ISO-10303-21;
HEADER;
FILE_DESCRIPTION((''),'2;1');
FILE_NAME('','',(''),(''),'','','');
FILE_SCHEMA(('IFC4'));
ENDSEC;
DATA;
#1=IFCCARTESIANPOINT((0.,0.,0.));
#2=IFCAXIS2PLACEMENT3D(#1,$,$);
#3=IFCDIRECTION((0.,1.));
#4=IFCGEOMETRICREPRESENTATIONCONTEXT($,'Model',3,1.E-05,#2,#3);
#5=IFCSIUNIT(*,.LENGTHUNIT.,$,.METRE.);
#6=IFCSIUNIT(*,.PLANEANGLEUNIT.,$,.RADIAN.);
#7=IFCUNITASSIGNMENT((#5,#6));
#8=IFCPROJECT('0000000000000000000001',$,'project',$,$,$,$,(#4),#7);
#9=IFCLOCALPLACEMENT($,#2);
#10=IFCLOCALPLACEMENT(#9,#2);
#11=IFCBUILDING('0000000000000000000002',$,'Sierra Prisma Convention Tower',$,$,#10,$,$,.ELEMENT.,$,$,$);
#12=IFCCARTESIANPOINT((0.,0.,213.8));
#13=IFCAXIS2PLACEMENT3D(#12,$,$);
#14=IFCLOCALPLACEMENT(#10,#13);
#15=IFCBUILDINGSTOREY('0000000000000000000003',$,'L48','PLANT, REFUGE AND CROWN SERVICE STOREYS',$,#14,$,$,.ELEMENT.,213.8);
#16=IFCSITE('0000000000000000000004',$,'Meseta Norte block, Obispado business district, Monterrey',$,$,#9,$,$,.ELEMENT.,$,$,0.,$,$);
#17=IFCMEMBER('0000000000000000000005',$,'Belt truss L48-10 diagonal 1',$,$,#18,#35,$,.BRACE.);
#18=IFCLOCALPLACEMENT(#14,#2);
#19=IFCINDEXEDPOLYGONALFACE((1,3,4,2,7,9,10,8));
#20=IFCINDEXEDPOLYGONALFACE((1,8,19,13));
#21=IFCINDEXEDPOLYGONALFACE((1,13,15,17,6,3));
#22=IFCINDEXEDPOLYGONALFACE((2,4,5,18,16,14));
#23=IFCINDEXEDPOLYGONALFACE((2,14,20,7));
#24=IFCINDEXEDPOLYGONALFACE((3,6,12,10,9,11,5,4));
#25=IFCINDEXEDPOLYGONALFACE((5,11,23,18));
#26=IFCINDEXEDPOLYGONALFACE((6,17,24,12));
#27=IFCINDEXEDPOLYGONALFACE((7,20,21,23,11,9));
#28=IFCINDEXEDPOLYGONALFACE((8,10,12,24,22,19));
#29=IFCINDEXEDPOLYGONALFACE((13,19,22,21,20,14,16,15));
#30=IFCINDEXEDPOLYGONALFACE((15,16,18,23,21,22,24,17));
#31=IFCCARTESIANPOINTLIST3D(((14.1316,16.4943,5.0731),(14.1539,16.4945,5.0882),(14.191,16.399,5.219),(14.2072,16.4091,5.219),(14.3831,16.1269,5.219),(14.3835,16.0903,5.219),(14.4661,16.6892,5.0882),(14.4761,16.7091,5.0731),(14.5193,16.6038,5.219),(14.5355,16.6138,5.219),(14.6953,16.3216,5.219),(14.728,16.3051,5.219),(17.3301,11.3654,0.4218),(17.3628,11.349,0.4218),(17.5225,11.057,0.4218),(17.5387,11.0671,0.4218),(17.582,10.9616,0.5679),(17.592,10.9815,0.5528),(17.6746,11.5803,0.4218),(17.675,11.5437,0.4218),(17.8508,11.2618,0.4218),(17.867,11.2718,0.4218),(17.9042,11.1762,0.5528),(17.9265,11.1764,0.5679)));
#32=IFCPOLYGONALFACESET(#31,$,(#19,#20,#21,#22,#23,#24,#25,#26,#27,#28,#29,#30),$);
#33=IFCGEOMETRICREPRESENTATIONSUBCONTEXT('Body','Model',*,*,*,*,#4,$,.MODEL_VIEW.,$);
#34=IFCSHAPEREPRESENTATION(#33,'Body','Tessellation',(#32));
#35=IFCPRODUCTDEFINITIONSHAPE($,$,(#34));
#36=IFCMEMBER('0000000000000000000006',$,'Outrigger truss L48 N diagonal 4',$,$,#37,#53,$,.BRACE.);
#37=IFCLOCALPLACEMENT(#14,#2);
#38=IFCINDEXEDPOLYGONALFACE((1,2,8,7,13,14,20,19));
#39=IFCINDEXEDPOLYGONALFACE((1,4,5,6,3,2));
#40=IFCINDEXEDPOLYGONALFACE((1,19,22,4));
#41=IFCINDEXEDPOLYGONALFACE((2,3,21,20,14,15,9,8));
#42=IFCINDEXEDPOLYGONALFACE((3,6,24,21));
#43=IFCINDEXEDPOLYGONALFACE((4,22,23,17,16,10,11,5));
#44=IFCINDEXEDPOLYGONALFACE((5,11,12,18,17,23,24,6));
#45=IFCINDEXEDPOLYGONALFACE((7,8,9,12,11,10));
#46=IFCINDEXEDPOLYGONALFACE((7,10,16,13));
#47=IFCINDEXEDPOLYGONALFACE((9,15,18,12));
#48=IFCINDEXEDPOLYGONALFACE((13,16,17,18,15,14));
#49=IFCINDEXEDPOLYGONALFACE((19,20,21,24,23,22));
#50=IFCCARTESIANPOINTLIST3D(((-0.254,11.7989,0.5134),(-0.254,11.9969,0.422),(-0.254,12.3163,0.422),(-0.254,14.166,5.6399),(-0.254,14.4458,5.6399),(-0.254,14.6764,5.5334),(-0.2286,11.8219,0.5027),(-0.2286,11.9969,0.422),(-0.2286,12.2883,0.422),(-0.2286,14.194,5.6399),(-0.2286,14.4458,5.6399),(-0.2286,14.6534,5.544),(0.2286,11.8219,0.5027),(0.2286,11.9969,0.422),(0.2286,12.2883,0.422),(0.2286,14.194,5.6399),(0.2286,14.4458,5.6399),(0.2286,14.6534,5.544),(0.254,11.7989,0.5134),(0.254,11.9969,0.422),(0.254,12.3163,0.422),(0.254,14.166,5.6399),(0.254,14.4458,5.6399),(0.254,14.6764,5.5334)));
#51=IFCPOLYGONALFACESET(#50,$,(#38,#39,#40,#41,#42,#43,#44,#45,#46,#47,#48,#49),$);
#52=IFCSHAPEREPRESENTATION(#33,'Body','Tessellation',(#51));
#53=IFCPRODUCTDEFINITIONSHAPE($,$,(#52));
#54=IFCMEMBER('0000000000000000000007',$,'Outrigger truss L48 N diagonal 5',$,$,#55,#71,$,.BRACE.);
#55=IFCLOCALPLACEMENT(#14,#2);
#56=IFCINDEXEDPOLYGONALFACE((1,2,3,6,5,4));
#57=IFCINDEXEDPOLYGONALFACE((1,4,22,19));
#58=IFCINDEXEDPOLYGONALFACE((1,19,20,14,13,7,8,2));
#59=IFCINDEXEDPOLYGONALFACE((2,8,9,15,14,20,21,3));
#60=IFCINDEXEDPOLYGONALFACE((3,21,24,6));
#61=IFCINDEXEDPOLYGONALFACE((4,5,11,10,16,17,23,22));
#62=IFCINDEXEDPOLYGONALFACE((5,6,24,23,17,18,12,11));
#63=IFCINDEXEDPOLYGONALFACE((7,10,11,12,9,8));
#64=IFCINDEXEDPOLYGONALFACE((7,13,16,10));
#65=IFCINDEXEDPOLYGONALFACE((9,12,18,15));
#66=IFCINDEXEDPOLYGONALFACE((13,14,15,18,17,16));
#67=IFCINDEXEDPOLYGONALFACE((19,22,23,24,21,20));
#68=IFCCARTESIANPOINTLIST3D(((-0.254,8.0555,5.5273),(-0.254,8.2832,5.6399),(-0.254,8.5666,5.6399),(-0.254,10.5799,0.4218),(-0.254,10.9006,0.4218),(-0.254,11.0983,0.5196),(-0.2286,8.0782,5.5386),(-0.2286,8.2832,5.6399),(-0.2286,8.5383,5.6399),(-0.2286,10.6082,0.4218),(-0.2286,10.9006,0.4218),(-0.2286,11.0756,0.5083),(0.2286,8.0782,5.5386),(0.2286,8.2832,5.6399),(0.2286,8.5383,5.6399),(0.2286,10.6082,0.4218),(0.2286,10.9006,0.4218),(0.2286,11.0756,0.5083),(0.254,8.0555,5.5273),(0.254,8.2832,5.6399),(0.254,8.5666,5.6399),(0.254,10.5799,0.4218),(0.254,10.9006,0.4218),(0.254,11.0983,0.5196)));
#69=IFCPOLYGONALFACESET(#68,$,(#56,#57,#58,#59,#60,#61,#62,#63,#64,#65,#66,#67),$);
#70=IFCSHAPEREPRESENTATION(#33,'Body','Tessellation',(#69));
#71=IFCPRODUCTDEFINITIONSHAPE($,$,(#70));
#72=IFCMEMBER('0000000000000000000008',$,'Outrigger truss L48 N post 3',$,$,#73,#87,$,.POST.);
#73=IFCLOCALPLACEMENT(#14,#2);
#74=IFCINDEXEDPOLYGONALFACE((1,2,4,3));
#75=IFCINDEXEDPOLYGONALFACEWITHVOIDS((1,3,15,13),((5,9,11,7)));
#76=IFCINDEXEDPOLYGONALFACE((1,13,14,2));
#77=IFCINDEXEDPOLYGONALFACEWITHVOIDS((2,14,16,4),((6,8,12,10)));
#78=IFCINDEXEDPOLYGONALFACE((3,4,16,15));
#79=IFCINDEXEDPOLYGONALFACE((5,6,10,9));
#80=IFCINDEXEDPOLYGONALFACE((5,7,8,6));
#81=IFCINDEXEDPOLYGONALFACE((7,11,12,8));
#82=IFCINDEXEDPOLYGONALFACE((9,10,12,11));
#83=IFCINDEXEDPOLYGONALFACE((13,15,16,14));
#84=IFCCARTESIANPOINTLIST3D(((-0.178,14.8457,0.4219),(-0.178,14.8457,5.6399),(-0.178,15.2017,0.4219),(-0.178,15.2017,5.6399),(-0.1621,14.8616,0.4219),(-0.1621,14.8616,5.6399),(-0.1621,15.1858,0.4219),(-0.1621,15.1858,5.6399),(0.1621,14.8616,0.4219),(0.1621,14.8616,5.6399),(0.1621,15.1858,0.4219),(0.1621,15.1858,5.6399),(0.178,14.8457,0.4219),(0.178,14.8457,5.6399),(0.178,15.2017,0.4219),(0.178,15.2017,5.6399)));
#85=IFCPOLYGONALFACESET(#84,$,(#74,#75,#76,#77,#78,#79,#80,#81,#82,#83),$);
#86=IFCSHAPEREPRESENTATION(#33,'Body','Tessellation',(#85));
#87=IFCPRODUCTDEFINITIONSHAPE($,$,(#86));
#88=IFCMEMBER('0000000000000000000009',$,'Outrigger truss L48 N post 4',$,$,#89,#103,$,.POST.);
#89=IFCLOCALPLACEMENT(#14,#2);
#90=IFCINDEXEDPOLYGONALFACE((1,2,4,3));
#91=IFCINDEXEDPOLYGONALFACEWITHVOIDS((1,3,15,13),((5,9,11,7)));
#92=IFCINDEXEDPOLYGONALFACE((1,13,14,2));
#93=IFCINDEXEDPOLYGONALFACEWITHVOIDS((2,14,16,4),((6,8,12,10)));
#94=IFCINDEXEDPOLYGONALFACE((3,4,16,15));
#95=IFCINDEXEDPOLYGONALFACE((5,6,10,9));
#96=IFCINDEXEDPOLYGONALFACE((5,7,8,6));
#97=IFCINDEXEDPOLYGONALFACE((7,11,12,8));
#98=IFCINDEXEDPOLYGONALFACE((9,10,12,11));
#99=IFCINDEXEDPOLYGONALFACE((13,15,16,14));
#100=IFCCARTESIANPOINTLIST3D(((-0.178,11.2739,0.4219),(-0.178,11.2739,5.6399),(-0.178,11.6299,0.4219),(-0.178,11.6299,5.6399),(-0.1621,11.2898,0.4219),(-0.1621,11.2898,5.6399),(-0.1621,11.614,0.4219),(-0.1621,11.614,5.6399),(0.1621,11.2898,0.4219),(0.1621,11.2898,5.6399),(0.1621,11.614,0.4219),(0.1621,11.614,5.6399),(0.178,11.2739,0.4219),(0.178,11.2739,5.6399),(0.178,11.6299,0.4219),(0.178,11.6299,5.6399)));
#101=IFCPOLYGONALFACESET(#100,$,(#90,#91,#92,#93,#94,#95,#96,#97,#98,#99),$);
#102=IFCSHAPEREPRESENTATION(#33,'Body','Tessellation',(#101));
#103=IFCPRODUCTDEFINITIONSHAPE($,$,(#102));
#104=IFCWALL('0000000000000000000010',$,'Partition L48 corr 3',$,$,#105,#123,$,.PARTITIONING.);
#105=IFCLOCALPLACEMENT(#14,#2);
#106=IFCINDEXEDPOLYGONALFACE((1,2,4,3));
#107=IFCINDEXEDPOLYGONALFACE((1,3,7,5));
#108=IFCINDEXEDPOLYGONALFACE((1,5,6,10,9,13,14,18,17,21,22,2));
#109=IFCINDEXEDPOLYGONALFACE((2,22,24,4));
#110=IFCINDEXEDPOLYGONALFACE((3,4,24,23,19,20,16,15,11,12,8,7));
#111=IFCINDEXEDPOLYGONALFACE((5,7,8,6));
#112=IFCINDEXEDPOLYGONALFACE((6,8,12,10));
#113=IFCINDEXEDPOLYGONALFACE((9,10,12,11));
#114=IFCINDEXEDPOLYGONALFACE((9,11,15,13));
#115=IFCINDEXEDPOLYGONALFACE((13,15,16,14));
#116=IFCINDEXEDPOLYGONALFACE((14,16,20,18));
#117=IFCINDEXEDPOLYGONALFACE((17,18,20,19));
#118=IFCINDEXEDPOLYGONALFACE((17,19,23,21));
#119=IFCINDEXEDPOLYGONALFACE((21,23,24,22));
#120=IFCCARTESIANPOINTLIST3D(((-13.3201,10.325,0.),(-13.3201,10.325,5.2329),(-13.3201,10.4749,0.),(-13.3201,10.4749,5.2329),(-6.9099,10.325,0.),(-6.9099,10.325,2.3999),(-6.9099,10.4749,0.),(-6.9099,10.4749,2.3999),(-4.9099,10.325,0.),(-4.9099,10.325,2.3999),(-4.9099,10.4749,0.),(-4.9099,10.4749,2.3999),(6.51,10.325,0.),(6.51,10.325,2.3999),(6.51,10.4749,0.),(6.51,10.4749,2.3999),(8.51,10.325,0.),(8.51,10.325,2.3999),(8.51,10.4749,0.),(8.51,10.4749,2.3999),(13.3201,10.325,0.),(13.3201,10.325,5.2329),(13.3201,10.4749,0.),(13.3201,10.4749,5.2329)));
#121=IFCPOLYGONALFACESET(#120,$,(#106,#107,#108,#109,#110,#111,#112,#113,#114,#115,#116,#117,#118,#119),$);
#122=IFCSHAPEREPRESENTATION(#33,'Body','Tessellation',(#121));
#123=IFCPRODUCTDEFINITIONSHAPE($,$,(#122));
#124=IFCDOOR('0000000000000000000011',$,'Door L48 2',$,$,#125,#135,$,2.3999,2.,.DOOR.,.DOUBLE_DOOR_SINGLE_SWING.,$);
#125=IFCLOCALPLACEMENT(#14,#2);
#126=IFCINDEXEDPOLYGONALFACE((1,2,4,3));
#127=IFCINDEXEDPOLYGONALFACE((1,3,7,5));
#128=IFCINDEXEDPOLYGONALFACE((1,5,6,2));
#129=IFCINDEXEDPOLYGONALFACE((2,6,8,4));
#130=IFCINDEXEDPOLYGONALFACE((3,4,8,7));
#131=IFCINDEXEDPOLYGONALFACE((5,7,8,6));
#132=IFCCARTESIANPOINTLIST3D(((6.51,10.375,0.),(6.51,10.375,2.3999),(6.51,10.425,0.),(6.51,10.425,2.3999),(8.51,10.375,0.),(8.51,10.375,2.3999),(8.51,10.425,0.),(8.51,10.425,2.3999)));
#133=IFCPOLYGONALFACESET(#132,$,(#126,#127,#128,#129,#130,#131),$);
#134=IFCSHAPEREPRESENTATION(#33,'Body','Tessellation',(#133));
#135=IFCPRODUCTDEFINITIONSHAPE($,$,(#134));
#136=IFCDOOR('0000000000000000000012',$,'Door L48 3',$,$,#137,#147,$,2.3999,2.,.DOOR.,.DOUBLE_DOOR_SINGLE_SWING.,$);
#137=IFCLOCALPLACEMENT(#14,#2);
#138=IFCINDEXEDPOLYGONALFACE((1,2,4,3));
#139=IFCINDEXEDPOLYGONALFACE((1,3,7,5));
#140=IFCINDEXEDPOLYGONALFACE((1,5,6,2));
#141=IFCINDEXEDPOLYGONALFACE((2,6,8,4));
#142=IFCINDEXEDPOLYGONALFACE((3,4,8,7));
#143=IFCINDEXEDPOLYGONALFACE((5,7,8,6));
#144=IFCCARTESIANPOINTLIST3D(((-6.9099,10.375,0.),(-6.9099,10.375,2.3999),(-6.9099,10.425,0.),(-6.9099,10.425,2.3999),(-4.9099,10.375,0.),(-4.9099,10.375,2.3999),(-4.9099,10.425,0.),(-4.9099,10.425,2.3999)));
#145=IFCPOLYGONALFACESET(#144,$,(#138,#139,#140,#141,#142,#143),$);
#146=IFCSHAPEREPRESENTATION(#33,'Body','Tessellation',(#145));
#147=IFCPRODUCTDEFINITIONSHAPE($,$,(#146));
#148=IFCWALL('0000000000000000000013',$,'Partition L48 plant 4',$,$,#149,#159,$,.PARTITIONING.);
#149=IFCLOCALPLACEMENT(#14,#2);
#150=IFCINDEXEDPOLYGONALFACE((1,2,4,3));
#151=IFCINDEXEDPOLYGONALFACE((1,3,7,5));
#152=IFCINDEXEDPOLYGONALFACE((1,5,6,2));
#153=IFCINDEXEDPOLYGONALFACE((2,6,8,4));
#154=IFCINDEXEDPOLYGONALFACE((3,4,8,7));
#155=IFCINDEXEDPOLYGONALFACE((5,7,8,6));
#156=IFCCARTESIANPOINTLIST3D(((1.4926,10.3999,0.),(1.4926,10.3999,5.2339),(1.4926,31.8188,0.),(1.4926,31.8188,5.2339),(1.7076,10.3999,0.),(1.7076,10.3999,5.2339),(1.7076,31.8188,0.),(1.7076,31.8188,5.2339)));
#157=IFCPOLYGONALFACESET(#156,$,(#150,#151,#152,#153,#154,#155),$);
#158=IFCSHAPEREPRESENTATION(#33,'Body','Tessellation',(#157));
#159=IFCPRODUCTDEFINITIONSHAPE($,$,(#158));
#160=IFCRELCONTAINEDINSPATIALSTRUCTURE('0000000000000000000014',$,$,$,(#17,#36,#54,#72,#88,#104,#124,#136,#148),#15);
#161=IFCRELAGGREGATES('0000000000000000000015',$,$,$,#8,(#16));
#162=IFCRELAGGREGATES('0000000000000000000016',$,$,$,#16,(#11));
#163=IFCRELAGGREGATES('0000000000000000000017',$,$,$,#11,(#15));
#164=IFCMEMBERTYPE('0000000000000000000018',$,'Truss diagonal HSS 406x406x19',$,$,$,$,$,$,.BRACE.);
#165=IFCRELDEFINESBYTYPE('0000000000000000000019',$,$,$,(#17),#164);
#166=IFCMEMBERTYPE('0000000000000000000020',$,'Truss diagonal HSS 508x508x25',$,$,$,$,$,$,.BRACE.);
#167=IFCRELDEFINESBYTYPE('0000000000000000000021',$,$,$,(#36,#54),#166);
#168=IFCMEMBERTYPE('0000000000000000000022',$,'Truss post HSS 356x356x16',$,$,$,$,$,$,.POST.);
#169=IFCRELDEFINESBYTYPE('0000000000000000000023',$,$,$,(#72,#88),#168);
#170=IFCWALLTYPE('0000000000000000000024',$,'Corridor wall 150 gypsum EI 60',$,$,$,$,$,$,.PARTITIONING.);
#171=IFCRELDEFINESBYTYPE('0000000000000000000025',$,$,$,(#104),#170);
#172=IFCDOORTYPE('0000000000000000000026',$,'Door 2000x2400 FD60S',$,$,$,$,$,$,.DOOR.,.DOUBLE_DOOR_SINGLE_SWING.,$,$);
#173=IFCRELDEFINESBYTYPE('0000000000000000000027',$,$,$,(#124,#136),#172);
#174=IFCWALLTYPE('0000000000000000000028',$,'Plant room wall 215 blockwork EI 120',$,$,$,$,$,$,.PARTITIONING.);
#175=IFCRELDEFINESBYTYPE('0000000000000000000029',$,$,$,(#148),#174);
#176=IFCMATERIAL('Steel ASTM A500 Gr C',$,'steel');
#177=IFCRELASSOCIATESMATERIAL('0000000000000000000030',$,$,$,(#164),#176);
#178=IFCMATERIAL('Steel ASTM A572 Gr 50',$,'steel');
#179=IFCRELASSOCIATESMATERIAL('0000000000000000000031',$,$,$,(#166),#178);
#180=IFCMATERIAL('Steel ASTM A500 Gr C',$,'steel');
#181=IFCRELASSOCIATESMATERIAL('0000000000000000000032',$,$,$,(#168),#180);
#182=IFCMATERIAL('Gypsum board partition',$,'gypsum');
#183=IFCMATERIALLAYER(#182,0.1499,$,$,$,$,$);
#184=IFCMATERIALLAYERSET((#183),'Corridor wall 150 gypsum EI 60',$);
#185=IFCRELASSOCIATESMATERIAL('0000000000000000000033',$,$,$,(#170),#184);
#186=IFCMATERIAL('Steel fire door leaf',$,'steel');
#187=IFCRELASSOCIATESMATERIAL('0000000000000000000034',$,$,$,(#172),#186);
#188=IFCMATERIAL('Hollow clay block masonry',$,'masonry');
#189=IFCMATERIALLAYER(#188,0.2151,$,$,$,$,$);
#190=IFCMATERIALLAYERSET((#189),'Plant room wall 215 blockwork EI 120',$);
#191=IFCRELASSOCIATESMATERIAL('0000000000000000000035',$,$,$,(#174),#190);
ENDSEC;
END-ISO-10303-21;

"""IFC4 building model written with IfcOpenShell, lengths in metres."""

from ifc_helpers import new_model, si_unit, direction, frame, frame_2d, origin, origin_2d, place, context, subcontext, project, spatial, rectangle, hollow_rectangle, extrude, clip, halfspace, material, layer, layer_set, material_profile, profile_set, type_object, element, fill, save


model = new_model("IFC4")

# Units and contexts
model_context = context("Model", 3, precision=1e-05, world=origin(), true_north=direction((0.0, 1.0)))
body_context = subcontext(model_context, "Body", "Model", "MODEL_VIEW")
ifc_project = project(units=[si_unit("LENGTHUNIT", "METRE"), si_unit("PLANEANGLEUNIT", "RADIAN")], contexts=[model_context])

# Site, building, storey
site_placement = place(None, origin())
site = spatial("IfcSite", under=ifc_project, at=site_placement, Name="Meseta Norte block, Obispado business district, Monterrey", CompositionType="ELEMENT", RefElevation=0.0)
building_placement = place(site_placement, origin())
building = spatial("IfcBuilding", under=site, at=building_placement, Name="Sierra Prisma Convention Tower", CompositionType="ELEMENT")
storey_placement = place(building_placement, frame((0.0, 0.0, 213.8)))
storey = spatial("IfcBuildingStorey", under=building, at=storey_placement, Name="L48", Description="PLANT, REFUGE AND CROWN SERVICE STOREYS", CompositionType="ELEMENT", Elevation=213.8)

# Members
ifc_material_1 = material(Name="Steel ASTM A500 Gr C", Category="steel")
ifc_material_profile_1 = material_profile(ifc_material_1, hollow_rectangle(XDim=0.406, YDim=0.406, WallThickness=0.019, at=origin_2d()), Name="Truss diagonal HSS 406x406x19")
ifc_profile_set_1 = profile_set([ifc_material_profile_1], Name="Steel ASTM A500 Gr C")
member_type_1 = type_object("IfcMemberType", Name="Truss diagonal HSS 406x406x19", PredefinedType="BRACE", material=ifc_profile_set_1)
member_1_placement = place(storey_placement, frame((17.6887, 11.1741, 0.407), z_axis=(-0.419377, 0.672465, 0.609848), x_axis=(-0.848516, -0.52917, 0.0)))
element("IfcMember", 1, at=member_1_placement, inside=storey, type_object=member_type_1, Name="Belt truss L48-10 diagonal 1", PredefinedType="BRACE", context=body_context, shape_type="SweptSolid", body=[
    clip(clip(extrude(hollow_rectangle(XDim=0.406, YDim=0.406, WallThickness=0.019, at=origin_2d()), origin(), (0.0, 0.0, 1.0), 7.915), halfspace(frame((0.0, 0.0117, 0.009), z_axis=(0.0, 0.792518, 0.609848), x_axis=(1.0, 0.0, 0.0)), True)), halfspace(frame((0.0, -0.0117, 7.9058), z_axis=(0.0, -0.792518, -0.609848), x_axis=(1.0, 0.0, 0.0)), True)),
])
ifc_material_2 = material(Name="Steel ASTM A572 Gr 50", Category="steel")
ifc_material_profile_2 = material_profile(ifc_material_2, hollow_rectangle(XDim=0.5081, YDim=0.5081, WallThickness=0.0254, at=origin_2d()), Name="Truss diagonal HSS 508x508x25")
ifc_profile_set_2 = profile_set([ifc_material_profile_2], Name="Steel ASTM A572 Gr 50")
member_type_2 = type_object("IfcMemberType", Name="Truss diagonal HSS 508x508x25", PredefinedType="BRACE", material=ifc_profile_set_2)
member_2_placement = place(storey_placement, frame((0.0, 14.4458, 5.6399), z_axis=(0.0, -0.419211, -0.907889), x_axis=(1.0, 0.0, 0.0)))
element("IfcMember", 2, at=member_2_placement, inside=storey, type_object=member_type_2, Name="Outrigger truss L48 N diagonal 4", PredefinedType="BRACE", context=body_context, shape_type="SweptSolid", body=[
    clip(clip(extrude(hollow_rectangle(XDim=0.5081, YDim=0.5081, WallThickness=0.0254, at=origin_2d()), origin(), (0.0, 0.0, 1.0), 5.7639), halfspace(frame((0.0, 0.0, 0.0), z_axis=(0.0, -0.419211, 0.907889), x_axis=(1.0, 0.0, 0.0)), True)), halfspace(frame((0.0, 0.0063, 5.7502), z_axis=(0.0, 0.419211, -0.907889), x_axis=(1.0, 0.0, 0.0)), True)),
])
member_3_placement = place(storey_placement, frame((0.0, 10.8706, 0.407), z_axis=(0.0, -0.443228, 0.896409), x_axis=(1.0, 0.0, 0.0)))
element("IfcMember", 3, at=member_3_placement, inside=storey, type_object=member_type_2, Name="Outrigger truss L48 N diagonal 5", PredefinedType="BRACE", context=body_context, shape_type="SweptSolid", body=[
    clip(clip(extrude(hollow_rectangle(XDim=0.5081, YDim=0.5081, WallThickness=0.0254, at=origin_2d()), origin(), (0.0, 0.0, 1.0), 5.8376), halfspace(frame((0.0, 0.0063, 0.0134), z_axis=(0.0, 0.443228, 0.896409), x_axis=(1.0, 0.0, 0.0)), True)), halfspace(frame((0.0, 0.0, 5.8376), z_axis=(0.0, -0.443228, -0.896409), x_axis=(1.0, 0.0, 0.0)), True)),
])
ifc_material_3 = material(Name="Steel ASTM A500 Gr C", Category="steel")
ifc_material_profile_3 = material_profile(ifc_material_3, hollow_rectangle(XDim=0.356, YDim=0.356, WallThickness=0.0159, at=origin_2d()), Name="Truss post HSS 356x356x16")
ifc_profile_set_3 = profile_set([ifc_material_profile_3], Name="Steel ASTM A500 Gr C")
member_type_3 = type_object("IfcMemberType", Name="Truss post HSS 356x356x16", PredefinedType="POST", material=ifc_profile_set_3)
for number, where, z_axis, x_axis, name in (
    (4, (0.0, 15.0237, 0.4219), (0.0, 0.0, 1.0), (1.0, 0.0, 0.0), "Outrigger truss L48 N post 3"),
    (5, (0.0, 11.4519, 0.4219), (0.0, 0.0, 1.0), (1.0, 0.0, 0.0), "Outrigger truss L48 N post 4"),
):
    element("IfcMember", number, at=place(storey_placement, frame(where, z_axis=z_axis, x_axis=x_axis)), inside=storey, type_object=member_type_3, Name=name, PredefinedType="POST", context=body_context, shape_type="SweptSolid", body=[
        extrude(hollow_rectangle(XDim=0.356, YDim=0.356, WallThickness=0.0159, at=origin_2d()), origin(), (0.0, 0.0, 1.0), 5.218),
    ])

# Wall, openings, doors
ifc_material_4 = material(Name="Gypsum board partition", Category="gypsum")
ifc_layer_1 = layer(ifc_material_4, 0.1499)
ifc_layer_set_1 = layer_set([ifc_layer_1], Name="Corridor wall 150 gypsum EI 60")
wall_type_1 = type_object("IfcWallType", Name="Corridor wall 150 gypsum EI 60", PredefinedType="PARTITIONING", material=ifc_layer_set_1)
wall_1_placement = place(storey_placement, frame((13.3201, 10.3999, 0.0), z_axis=(0.0, 0.0, 1.0), x_axis=(-1.0, 0.0, 0.0)))
wall_1 = element("IfcWall", 6, at=wall_1_placement, inside=storey, type_object=wall_type_1, Name="Partition L48 corr 3", PredefinedType="PARTITIONING", context=body_context, shape_type="SweptSolid", body=[
    extrude(rectangle(XDim=26.6401, YDim=0.1499, at=frame_2d((13.3201, 0.0))), origin(), (0.0, 0.0, 1.0), 5.2329),
])
opening_1_placement = place(wall_1_placement, frame((4.8101, 0.0, 0.0)))
opening_1 = element("IfcOpeningElement", 7, at=opening_1_placement, cuts=wall_1, PredefinedType="OPENING", context=body_context, shape_type="SweptSolid", body=[
    extrude(rectangle(XDim=2.0, YDim=2.3999, at=frame_2d((1.0, 1.2))), frame((0.0, 0.075, 0.0), z_axis=(0.0, -1.0, 0.0), x_axis=(1.0, 0.0, 0.0)), (0.0, 0.0, 1.0), 0.1499),
])
opening_2_placement = place(wall_1_placement, frame((18.23, 0.0, 0.0)))
opening_2 = element("IfcOpeningElement", 8, at=opening_2_placement, cuts=wall_1, PredefinedType="OPENING", context=body_context, shape_type="SweptSolid", body=[
    extrude(rectangle(XDim=2.0, YDim=2.3999, at=frame_2d((1.0, 1.2))), frame((0.0, 0.075, 0.0), z_axis=(0.0, -1.0, 0.0), x_axis=(1.0, 0.0, 0.0)), (0.0, 0.0, 1.0), 0.1499),
])
ifc_material_5 = material(Name="Steel fire door leaf", Category="steel")
door_type = type_object("IfcDoorType", Name="Door 2000x2400 FD60S", OperationType="DOUBLE_DOOR_SINGLE_SWING", PredefinedType="DOOR", material=ifc_material_5)
door_1_placement = place(opening_1_placement, origin())
door_1 = element("IfcDoor", 9, at=door_1_placement, inside=storey, type_object=door_type, Name="Door L48 2", OperationType="DOUBLE_DOOR_SINGLE_SWING", OverallHeight=2.3999, OverallWidth=2.0, PredefinedType="DOOR", context=body_context, shape_type="SweptSolid", body=[
    extrude(rectangle(XDim=2.0, YDim=2.3999, at=frame_2d((1.0, 1.2))), frame((0.0, 0.0249, 0.0), z_axis=(0.0, -1.0, 0.0), x_axis=(1.0, 0.0, 0.0)), (0.0, 0.0, 1.0), 0.05),
])
fill(opening_1, door_1)
door_2_placement = place(opening_2_placement, origin())
door_2 = element("IfcDoor", 10, at=door_2_placement, inside=storey, type_object=door_type, Name="Door L48 3", OperationType="DOUBLE_DOOR_SINGLE_SWING", OverallHeight=2.3999, OverallWidth=2.0, PredefinedType="DOOR", context=body_context, shape_type="SweptSolid", body=[
    extrude(rectangle(XDim=2.0, YDim=2.3999, at=frame_2d((1.0, 1.2))), frame((0.0, 0.0249, 0.0), z_axis=(0.0, -1.0, 0.0), x_axis=(1.0, 0.0, 0.0)), (0.0, 0.0, 1.0), 0.05),
])
fill(opening_2, door_2)

# Wall
ifc_material_6 = material(Name="Hollow clay block masonry", Category="masonry")
ifc_layer_2 = layer(ifc_material_6, 0.2151)
ifc_layer_set_2 = layer_set([ifc_layer_2], Name="Plant room wall 215 blockwork EI 120")
wall_type_2 = type_object("IfcWallType", Name="Plant room wall 215 blockwork EI 120", PredefinedType="PARTITIONING", material=ifc_layer_set_2)
wall_2_placement = place(storey_placement, frame((1.6001, 10.3999, 0.0), z_axis=(0.0, 0.0, 1.0), x_axis=(0.0, 1.0, 0.0)))
element("IfcWall", 11, at=wall_2_placement, inside=storey, type_object=wall_type_2, Name="Partition L48 plant 4", PredefinedType="PARTITIONING", context=body_context, shape_type="SweptSolid", body=[
    extrude(rectangle(XDim=21.4189, YDim=0.2151, at=frame_2d((10.7095, 0.0))), origin(), (0.0, 0.0, 1.0), 5.2339),
])

save(model, "model.ifc")
